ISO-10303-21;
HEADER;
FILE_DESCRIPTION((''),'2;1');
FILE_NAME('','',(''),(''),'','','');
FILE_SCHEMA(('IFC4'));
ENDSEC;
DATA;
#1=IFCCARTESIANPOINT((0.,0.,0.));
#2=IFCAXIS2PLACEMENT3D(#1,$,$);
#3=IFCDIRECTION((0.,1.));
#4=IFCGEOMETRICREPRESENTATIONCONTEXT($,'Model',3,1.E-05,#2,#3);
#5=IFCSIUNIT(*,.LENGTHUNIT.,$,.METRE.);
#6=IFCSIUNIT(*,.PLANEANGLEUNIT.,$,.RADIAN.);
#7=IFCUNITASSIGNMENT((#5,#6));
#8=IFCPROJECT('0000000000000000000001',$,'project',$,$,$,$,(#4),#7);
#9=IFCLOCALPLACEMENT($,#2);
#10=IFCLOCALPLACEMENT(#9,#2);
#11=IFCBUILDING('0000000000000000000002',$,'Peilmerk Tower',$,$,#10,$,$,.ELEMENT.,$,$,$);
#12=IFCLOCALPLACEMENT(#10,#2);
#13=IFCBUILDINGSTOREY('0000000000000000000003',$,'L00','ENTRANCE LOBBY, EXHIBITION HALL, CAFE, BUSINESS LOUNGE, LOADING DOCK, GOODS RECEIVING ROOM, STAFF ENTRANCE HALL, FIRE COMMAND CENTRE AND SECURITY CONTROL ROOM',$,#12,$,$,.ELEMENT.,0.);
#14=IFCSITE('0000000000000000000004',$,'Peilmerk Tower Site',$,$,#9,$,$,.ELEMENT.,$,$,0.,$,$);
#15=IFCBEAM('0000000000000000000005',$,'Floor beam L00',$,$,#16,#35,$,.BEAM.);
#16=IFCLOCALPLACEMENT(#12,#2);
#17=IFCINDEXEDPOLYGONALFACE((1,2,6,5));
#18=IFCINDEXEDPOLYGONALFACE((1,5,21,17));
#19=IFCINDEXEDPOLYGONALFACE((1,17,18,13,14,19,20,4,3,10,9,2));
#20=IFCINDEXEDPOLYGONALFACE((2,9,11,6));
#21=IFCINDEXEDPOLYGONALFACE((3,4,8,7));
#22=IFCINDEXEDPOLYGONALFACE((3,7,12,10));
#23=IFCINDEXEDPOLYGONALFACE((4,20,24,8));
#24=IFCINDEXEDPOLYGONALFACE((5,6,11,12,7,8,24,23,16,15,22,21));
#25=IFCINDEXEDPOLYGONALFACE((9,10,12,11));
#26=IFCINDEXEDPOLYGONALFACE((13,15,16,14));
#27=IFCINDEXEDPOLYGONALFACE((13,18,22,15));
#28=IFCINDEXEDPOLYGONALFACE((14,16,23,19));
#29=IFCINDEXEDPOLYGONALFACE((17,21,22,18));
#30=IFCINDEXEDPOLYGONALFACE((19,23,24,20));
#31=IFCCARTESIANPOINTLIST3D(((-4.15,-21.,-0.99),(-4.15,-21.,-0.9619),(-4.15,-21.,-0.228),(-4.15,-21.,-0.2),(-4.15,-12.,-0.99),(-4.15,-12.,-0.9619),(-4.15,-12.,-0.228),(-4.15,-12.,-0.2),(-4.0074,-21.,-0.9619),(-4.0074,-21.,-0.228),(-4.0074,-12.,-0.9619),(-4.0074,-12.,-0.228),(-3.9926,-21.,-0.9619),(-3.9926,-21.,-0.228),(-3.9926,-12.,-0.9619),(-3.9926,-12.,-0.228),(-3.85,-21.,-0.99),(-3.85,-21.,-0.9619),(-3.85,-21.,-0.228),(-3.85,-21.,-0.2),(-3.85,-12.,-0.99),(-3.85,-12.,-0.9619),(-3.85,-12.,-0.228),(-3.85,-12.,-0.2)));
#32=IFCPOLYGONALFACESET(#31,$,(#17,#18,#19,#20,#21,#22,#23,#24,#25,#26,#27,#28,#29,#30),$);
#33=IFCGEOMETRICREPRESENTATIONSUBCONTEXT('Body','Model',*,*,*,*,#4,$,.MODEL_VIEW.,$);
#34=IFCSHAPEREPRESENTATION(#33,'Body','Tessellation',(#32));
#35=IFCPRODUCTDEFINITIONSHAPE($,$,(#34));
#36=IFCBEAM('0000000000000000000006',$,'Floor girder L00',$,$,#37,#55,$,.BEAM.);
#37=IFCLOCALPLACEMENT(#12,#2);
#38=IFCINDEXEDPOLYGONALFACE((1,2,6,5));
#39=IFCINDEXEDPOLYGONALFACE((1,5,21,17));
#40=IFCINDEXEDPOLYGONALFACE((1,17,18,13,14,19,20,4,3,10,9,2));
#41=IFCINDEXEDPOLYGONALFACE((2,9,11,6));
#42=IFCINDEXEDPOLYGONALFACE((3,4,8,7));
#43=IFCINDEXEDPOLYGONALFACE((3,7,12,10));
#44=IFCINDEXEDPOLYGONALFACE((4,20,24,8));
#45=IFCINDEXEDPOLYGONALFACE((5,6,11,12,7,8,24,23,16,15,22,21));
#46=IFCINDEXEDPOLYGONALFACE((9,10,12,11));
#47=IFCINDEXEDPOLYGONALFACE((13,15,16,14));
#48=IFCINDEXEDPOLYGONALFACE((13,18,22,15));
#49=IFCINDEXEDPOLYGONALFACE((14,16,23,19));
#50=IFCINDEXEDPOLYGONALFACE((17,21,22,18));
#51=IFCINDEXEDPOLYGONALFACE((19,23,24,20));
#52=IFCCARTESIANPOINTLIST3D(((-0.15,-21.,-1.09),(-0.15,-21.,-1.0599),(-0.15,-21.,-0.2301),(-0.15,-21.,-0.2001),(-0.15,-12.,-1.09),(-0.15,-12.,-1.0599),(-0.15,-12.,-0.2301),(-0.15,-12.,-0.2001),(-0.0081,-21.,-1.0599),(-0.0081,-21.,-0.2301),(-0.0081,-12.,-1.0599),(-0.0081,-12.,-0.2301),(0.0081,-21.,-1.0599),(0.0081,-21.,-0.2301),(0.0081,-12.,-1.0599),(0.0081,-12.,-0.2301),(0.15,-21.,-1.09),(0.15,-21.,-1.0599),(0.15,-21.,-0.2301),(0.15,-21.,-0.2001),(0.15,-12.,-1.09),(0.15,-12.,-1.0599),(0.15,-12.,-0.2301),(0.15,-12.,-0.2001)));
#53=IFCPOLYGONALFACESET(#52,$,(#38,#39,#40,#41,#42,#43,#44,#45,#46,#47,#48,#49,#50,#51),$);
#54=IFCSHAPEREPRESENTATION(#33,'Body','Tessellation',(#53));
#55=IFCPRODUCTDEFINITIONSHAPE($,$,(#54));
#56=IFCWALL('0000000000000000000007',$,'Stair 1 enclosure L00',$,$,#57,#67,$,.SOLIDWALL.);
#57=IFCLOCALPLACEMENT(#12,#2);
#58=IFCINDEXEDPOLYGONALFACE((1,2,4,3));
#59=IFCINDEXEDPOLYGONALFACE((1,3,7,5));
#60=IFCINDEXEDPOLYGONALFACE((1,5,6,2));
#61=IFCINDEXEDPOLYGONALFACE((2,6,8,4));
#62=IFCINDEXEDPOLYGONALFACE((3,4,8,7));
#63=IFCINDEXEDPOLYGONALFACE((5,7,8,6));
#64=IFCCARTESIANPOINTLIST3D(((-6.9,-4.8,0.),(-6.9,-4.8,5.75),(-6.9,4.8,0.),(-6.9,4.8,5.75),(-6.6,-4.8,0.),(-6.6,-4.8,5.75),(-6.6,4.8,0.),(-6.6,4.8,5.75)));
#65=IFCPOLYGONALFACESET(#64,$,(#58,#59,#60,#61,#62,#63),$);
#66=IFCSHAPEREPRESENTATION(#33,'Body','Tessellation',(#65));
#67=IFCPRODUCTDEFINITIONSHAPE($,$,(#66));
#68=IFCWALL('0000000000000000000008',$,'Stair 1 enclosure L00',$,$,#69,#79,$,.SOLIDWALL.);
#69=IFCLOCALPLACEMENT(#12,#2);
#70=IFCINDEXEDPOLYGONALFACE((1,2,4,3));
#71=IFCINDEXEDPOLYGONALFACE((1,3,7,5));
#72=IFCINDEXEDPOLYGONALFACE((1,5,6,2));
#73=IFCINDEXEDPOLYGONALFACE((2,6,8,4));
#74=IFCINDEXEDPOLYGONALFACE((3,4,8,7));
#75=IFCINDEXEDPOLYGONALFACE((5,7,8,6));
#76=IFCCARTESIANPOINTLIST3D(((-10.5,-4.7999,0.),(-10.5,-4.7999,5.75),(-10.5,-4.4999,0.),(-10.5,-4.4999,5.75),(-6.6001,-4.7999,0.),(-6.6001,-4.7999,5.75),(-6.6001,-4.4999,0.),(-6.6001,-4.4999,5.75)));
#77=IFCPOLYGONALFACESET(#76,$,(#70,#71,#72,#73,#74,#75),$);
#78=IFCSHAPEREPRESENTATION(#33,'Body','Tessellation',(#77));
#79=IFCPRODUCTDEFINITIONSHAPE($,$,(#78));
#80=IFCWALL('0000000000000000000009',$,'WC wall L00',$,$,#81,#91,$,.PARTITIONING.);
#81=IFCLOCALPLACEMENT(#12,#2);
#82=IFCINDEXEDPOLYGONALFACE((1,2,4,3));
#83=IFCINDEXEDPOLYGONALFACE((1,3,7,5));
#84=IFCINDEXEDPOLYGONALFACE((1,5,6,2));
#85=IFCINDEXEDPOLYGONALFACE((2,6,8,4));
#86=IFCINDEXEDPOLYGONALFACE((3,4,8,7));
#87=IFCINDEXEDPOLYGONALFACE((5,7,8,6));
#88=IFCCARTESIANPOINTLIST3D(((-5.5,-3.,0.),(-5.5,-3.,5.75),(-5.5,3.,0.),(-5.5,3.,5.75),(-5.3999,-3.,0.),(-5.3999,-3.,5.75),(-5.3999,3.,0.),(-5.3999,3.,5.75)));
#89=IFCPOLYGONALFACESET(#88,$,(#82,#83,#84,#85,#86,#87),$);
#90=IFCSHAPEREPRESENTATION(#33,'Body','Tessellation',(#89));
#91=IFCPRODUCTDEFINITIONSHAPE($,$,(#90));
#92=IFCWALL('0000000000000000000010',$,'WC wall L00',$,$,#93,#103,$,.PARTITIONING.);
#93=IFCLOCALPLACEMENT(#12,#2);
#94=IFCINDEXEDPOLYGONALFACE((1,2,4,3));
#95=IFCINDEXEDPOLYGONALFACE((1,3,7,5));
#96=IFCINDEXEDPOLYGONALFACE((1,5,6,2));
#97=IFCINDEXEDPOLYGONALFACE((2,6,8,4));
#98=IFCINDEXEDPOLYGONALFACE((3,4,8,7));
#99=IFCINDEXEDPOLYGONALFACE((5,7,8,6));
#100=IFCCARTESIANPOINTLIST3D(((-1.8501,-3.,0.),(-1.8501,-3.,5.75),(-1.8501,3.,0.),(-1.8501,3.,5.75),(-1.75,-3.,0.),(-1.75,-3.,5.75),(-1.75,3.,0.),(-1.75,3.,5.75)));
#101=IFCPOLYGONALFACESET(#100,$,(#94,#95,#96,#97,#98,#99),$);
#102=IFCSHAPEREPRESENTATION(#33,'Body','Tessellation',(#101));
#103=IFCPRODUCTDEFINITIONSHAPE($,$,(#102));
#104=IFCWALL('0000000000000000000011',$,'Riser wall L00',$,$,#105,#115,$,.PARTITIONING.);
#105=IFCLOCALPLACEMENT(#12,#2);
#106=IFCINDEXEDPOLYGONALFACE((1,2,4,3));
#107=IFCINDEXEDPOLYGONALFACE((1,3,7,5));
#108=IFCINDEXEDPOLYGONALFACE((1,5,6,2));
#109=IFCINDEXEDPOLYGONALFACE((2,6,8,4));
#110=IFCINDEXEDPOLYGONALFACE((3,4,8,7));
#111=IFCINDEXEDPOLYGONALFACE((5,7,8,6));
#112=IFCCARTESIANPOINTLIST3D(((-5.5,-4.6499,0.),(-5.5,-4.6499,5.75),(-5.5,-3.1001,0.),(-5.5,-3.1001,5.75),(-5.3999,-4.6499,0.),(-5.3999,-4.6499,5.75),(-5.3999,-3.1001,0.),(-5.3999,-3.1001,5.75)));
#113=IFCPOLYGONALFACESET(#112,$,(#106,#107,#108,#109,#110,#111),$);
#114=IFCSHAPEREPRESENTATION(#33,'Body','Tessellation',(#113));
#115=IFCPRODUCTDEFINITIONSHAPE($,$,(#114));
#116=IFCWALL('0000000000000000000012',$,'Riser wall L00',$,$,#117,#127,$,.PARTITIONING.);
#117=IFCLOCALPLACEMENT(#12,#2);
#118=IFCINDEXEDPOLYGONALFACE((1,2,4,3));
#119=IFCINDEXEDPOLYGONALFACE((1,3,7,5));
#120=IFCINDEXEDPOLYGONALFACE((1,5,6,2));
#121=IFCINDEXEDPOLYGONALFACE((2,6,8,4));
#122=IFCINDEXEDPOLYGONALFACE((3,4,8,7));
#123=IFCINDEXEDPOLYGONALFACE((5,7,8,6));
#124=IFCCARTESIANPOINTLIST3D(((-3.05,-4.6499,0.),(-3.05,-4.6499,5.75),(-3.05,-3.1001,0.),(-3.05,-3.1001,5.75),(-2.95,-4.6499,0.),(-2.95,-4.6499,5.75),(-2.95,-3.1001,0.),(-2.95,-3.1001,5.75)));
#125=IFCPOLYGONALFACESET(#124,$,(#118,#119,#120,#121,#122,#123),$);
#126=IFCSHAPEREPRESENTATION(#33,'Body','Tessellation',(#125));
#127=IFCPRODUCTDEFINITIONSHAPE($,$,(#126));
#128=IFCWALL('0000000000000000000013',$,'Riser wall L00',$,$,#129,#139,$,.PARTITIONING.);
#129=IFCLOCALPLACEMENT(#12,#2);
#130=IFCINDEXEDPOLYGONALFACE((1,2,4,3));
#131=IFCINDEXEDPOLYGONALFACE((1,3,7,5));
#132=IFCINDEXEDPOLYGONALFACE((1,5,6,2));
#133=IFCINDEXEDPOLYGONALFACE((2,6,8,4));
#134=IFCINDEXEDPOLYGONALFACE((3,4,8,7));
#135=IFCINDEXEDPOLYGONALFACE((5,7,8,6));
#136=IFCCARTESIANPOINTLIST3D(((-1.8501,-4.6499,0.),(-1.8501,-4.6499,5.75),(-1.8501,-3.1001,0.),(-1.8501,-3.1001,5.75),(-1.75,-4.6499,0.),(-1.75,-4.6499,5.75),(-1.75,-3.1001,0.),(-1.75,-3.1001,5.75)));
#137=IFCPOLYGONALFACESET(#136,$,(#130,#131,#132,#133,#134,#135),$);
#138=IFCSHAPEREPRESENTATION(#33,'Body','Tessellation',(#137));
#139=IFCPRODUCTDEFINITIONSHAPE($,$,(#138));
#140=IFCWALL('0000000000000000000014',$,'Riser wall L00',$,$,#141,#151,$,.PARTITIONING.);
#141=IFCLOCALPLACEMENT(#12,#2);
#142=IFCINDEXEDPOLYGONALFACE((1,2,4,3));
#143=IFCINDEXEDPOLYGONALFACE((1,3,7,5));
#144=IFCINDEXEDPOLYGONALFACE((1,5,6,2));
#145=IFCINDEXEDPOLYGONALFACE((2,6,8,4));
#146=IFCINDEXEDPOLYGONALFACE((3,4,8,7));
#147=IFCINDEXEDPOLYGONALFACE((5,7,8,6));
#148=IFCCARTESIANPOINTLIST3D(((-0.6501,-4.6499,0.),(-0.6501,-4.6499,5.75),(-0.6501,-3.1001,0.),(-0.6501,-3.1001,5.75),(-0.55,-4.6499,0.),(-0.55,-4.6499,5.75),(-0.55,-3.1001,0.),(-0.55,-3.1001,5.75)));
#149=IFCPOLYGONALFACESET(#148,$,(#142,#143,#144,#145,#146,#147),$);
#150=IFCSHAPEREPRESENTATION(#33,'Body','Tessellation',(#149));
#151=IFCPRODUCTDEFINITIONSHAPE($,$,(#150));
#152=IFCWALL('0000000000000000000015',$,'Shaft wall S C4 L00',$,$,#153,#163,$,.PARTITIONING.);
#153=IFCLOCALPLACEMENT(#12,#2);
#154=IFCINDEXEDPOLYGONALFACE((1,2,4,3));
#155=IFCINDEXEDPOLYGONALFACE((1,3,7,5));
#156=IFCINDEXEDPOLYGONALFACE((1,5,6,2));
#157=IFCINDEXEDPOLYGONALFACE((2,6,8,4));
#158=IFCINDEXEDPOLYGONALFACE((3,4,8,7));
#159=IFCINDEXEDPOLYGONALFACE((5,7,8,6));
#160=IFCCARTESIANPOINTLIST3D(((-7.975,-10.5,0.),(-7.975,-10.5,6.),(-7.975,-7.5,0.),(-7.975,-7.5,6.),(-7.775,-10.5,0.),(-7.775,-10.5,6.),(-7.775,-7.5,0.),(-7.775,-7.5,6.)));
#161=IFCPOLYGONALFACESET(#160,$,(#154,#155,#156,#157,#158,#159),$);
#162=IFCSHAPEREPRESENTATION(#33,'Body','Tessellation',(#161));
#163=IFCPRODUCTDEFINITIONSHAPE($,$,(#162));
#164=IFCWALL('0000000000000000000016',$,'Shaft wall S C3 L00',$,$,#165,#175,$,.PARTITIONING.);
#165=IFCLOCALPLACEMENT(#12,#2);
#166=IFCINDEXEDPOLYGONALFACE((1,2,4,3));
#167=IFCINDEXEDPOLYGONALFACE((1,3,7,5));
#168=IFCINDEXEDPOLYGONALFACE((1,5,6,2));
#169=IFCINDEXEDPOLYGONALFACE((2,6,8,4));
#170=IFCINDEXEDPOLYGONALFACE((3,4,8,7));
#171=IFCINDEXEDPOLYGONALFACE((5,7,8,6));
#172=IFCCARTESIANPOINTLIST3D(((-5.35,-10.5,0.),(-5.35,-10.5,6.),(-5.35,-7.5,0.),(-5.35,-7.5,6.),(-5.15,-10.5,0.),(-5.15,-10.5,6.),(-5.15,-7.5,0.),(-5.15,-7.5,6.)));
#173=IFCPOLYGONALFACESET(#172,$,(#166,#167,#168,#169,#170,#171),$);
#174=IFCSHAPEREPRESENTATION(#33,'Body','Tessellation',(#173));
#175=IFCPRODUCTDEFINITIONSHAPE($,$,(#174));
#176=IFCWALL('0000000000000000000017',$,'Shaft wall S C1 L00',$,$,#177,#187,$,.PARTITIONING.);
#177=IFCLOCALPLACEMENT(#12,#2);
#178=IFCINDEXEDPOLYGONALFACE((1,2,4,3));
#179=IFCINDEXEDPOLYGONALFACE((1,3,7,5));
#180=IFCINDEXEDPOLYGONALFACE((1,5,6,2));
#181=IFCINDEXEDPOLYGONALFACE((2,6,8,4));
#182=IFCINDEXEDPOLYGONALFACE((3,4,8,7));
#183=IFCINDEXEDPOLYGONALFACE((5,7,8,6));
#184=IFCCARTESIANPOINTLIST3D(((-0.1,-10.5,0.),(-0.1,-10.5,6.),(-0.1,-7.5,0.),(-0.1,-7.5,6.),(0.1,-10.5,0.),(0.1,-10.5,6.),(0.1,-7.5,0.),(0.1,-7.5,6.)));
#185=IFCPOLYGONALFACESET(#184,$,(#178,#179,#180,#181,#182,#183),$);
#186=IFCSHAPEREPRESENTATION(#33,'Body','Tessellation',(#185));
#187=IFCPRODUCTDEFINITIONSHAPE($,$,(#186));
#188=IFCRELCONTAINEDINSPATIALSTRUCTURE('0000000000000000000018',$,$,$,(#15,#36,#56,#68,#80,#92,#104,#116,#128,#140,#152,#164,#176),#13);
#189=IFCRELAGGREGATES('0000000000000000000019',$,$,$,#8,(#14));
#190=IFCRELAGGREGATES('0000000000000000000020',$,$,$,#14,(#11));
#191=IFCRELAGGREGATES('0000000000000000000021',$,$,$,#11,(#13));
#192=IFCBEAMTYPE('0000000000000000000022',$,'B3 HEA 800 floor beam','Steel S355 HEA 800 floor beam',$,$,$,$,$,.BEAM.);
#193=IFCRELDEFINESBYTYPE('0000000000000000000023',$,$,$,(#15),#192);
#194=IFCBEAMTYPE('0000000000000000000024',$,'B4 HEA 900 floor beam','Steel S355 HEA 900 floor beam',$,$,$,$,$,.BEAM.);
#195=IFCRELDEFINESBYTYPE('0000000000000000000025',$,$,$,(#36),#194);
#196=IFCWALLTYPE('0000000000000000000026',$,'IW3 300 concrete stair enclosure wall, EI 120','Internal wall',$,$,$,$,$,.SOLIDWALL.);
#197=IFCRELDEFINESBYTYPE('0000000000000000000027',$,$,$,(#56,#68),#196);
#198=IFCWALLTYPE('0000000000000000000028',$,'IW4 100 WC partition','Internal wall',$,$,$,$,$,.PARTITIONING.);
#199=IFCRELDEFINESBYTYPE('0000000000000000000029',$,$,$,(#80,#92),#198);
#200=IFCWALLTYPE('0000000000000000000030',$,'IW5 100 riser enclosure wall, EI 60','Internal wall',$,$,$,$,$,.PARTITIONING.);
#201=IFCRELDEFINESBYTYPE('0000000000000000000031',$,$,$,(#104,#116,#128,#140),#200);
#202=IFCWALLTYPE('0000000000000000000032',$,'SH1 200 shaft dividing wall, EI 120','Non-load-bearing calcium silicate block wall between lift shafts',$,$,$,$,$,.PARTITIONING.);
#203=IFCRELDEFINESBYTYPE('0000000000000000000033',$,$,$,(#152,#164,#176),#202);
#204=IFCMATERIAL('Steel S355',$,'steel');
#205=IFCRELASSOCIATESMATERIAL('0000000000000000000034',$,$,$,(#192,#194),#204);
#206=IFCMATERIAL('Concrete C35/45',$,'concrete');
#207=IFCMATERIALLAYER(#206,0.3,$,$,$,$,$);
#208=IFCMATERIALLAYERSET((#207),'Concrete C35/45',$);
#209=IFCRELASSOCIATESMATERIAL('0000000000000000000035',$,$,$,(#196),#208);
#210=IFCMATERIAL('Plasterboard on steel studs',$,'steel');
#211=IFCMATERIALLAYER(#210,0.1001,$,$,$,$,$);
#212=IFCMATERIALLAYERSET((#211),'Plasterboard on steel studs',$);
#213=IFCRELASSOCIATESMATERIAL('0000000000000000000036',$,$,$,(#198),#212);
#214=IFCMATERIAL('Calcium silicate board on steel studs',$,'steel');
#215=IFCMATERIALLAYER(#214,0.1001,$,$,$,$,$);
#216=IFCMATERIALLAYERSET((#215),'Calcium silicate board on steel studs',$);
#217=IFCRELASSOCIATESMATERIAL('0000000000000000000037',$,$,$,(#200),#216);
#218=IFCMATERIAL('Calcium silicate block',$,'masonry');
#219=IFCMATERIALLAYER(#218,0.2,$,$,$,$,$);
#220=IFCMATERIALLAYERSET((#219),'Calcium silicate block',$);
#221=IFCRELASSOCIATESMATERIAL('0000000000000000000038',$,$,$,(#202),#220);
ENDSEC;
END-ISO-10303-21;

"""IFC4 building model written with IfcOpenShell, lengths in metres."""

from ifc_helpers import new_model, si_unit, direction, frame, frame_2d, origin, origin_2d, place, context, subcontext, project, spatial, rectangle, i_section, extrude, material, layer, layer_set, material_profile, profile_set, type_object, element, save


model = new_model("IFC4")

# Units and contexts
model_context = context("Model", 3, precision=1e-05, world=origin(), true_north=direction((0.0, 1.0)))
body_context = subcontext(model_context, "Body", "Model", "MODEL_VIEW")
ifc_project = project(units=[si_unit("LENGTHUNIT", "METRE"), si_unit("PLANEANGLEUNIT", "RADIAN")], contexts=[model_context])

# Site, building, storey
site_placement = place(None, origin())
site = spatial("IfcSite", under=ifc_project, at=site_placement, Name="Peilmerk Tower Site", CompositionType="ELEMENT", RefElevation=0.0)
building_placement = place(site_placement, origin())
building = spatial("IfcBuilding", under=site, at=building_placement, Name="Peilmerk Tower", CompositionType="ELEMENT")
storey_placement = place(building_placement, origin())
storey = spatial("IfcBuildingStorey", under=building, at=storey_placement, Name="L00", Description="ENTRANCE LOBBY, EXHIBITION HALL, CAFE, BUSINESS LOUNGE, LOADING DOCK, GOODS RECEIVING ROOM, STAFF ENTRANCE HALL, FIRE COMMAND CENTRE AND SECURITY CONTROL ROOM", CompositionType="ELEMENT", Elevation=0.0)

# Beams
ifc_material_1 = material(Name="Steel S355", Category="steel")
ifc_material_profile_1 = material_profile(ifc_material_1, i_section(OverallWidth=0.3, OverallDepth=0.79, WebThickness=0.0149, FlangeThickness=0.0281, at=origin_2d()), Name="HEA 800")
ifc_profile_set_1 = profile_set([ifc_material_profile_1], Name="Steel S355")
beam_type_1 = type_object("IfcBeamType", Name="B3 HEA 800 floor beam", Description="Steel S355 HEA 800 floor beam", PredefinedType="BEAM", material=ifc_profile_set_1)
beam_1_placement = place(storey_placement, frame((-4.0, -12.0, -0.595), z_axis=(0.0, -1.0, 0.0), x_axis=(1.0, 0.0, 0.0)))
element("IfcBeam", 1, at=beam_1_placement, inside=storey, type_object=beam_type_1, Name="Floor beam L00", PredefinedType="BEAM", context=body_context, shape_type="SweptSolid", body=[
    extrude(i_section(OverallWidth=0.3, OverallDepth=0.79, WebThickness=0.0149, FlangeThickness=0.0281, at=origin_2d()), origin(), (0.0, 0.0, 1.0), 9.0),
])
ifc_material_profile_2 = material_profile(ifc_material_1, i_section(OverallWidth=0.3, OverallDepth=0.8899, WebThickness=0.0161, FlangeThickness=0.03, at=origin_2d()), Name="HEA 900")
ifc_profile_set_2 = profile_set([ifc_material_profile_2], Name="Steel S355")
beam_type_2 = type_object("IfcBeamType", Name="B4 HEA 900 floor beam", Description="Steel S355 HEA 900 floor beam", PredefinedType="BEAM", material=ifc_profile_set_2)
beam_2_placement = place(storey_placement, frame((0.0, -12.0, -0.645), z_axis=(0.0, -1.0, 0.0), x_axis=(1.0, 0.0, 0.0)))
element("IfcBeam", 2, at=beam_2_placement, inside=storey, type_object=beam_type_2, Name="Floor girder L00", PredefinedType="BEAM", context=body_context, shape_type="SweptSolid", body=[
    extrude(i_section(OverallWidth=0.3, OverallDepth=0.8899, WebThickness=0.0161, FlangeThickness=0.03, at=origin_2d()), origin(), (0.0, 0.0, 1.0), 9.0),
])

# Walls
ifc_material_2 = material(Name="Concrete C35/45", Category="concrete")
ifc_layer_1 = layer(ifc_material_2, 0.3)
ifc_layer_set_1 = layer_set([ifc_layer_1], Name="Concrete C35/45")
wall_type_1 = type_object("IfcWallType", Name="IW3 300 concrete stair enclosure wall, EI 120", Description="Internal wall", PredefinedType="SOLIDWALL", material=ifc_layer_set_1)
wall_1_placement = place(storey_placement, frame((-6.75, -4.8, 0.0), z_axis=(0.0, 0.0, 1.0), x_axis=(0.0, 1.0, 0.0)))
element("IfcWall", 3, at=wall_1_placement, inside=storey, type_object=wall_type_1, Name="Stair 1 enclosure L00", PredefinedType="SOLIDWALL", context=body_context, shape_type="SweptSolid", body=[
    extrude(rectangle(XDim=9.6001, YDim=0.3, at=frame_2d((4.8, 0.0))), origin(), (0.0, 0.0, 1.0), 5.75),
])
wall_2_placement = place(storey_placement, frame((-6.6001, -4.6499, 0.0), z_axis=(0.0, 0.0, 1.0), x_axis=(-1.0, 0.0, 0.0)))
element("IfcWall", 4, at=wall_2_placement, inside=storey, type_object=wall_type_1, Name="Stair 1 enclosure L00", PredefinedType="SOLIDWALL", context=body_context, shape_type="SweptSolid", body=[
    extrude(rectangle(XDim=3.8999, YDim=0.3, at=frame_2d((1.95, 0.0))), origin(), (0.0, 0.0, 1.0), 5.75),
])
ifc_material_3 = material(Name="Plasterboard on steel studs", Category="steel")
ifc_layer_2 = layer(ifc_material_3, 0.1001)
ifc_layer_set_2 = layer_set([ifc_layer_2], Name="Plasterboard on steel studs")
wall_type_2 = type_object("IfcWallType", Name="IW4 100 WC partition", Description="Internal wall", PredefinedType="PARTITIONING", material=ifc_layer_set_2)
for number, where, z_axis, x_axis, name in (
    (5, (-5.45, -3.0, 0.0), (0.0, 0.0, 1.0), (0.0, 1.0, 0.0), "WC wall L00"),
    (6, (-1.8, -3.0, 0.0), (0.0, 0.0, 1.0), (0.0, 1.0, 0.0), "WC wall L00"),
):
    element("IfcWall", number, at=place(storey_placement, frame(where, z_axis=z_axis, x_axis=x_axis)), inside=storey, type_object=wall_type_2, Name=name, PredefinedType="PARTITIONING", context=body_context, shape_type="SweptSolid", body=[
        extrude(rectangle(XDim=6.0, YDim=0.1001, at=frame_2d((3.0, 0.0))), origin(), (0.0, 0.0, 1.0), 5.75),
    ])
ifc_material_4 = material(Name="Calcium silicate board on steel studs", Category="steel")
ifc_layer_3 = layer(ifc_material_4, 0.1001)
ifc_layer_set_3 = layer_set([ifc_layer_3], Name="Calcium silicate board on steel studs")
wall_type_3 = type_object("IfcWallType", Name="IW5 100 riser enclosure wall, EI 60", Description="Internal wall", PredefinedType="PARTITIONING", material=ifc_layer_set_3)
for number, where, z_axis, x_axis, name in (
    (7, (-5.45, -3.1001, 0.0), (0.0, 0.0, 1.0), (0.0, -1.0, 0.0), "Riser wall L00"),
    (8, (-3.0, -3.1001, 0.0), (0.0, 0.0, 1.0), (0.0, -1.0, 0.0), "Riser wall L00"),
    (9, (-1.8, -3.1001, 0.0), (0.0, 0.0, 1.0), (0.0, -1.0, 0.0), "Riser wall L00"),
    (10, (-0.6001, -3.1001, 0.0), (0.0, 0.0, 1.0), (0.0, -1.0, 0.0), "Riser wall L00"),
):
    element("IfcWall", number, at=place(storey_placement, frame(where, z_axis=z_axis, x_axis=x_axis)), inside=storey, type_object=wall_type_3, Name=name, PredefinedType="PARTITIONING", context=body_context, shape_type="SweptSolid", body=[
        extrude(rectangle(XDim=1.5498, YDim=0.1001, at=frame_2d((0.7749, 0.0))), origin(), (0.0, 0.0, 1.0), 5.75),
    ])
ifc_material_5 = material(Name="Calcium silicate block", Category="masonry")
ifc_layer_4 = layer(ifc_material_5, 0.2)
ifc_layer_set_4 = layer_set([ifc_layer_4], Name="Calcium silicate block")
wall_type_4 = type_object("IfcWallType", Name="SH1 200 shaft dividing wall, EI 120", Description="Non-load-bearing calcium silicate block wall between lift shafts", PredefinedType="PARTITIONING", material=ifc_layer_set_4)
for number, where, z_axis, x_axis, name in (
    (11, (-7.875, -10.5, 0.0), (0.0, 0.0, 1.0), (0.0, 1.0, 0.0), "Shaft wall S C4 L00"),
    (12, (-5.25, -10.5, 0.0), (0.0, 0.0, 1.0), (0.0, 1.0, 0.0), "Shaft wall S C3 L00"),
    (13, (0.0, -10.5, 0.0), (0.0, 0.0, 1.0), (0.0, 1.0, 0.0), "Shaft wall S C1 L00"),
):
    element("IfcWall", number, at=place(storey_placement, frame(where, z_axis=z_axis, x_axis=x_axis)), inside=storey, type_object=wall_type_4, Name=name, PredefinedType="PARTITIONING", context=body_context, shape_type="SweptSolid", body=[
        extrude(rectangle(XDim=3.0, YDim=0.2, at=frame_2d((1.5, 0.0))), origin(), (0.0, 0.0, 1.0), 6.0),
    ])

save(model, "model.ifc")
